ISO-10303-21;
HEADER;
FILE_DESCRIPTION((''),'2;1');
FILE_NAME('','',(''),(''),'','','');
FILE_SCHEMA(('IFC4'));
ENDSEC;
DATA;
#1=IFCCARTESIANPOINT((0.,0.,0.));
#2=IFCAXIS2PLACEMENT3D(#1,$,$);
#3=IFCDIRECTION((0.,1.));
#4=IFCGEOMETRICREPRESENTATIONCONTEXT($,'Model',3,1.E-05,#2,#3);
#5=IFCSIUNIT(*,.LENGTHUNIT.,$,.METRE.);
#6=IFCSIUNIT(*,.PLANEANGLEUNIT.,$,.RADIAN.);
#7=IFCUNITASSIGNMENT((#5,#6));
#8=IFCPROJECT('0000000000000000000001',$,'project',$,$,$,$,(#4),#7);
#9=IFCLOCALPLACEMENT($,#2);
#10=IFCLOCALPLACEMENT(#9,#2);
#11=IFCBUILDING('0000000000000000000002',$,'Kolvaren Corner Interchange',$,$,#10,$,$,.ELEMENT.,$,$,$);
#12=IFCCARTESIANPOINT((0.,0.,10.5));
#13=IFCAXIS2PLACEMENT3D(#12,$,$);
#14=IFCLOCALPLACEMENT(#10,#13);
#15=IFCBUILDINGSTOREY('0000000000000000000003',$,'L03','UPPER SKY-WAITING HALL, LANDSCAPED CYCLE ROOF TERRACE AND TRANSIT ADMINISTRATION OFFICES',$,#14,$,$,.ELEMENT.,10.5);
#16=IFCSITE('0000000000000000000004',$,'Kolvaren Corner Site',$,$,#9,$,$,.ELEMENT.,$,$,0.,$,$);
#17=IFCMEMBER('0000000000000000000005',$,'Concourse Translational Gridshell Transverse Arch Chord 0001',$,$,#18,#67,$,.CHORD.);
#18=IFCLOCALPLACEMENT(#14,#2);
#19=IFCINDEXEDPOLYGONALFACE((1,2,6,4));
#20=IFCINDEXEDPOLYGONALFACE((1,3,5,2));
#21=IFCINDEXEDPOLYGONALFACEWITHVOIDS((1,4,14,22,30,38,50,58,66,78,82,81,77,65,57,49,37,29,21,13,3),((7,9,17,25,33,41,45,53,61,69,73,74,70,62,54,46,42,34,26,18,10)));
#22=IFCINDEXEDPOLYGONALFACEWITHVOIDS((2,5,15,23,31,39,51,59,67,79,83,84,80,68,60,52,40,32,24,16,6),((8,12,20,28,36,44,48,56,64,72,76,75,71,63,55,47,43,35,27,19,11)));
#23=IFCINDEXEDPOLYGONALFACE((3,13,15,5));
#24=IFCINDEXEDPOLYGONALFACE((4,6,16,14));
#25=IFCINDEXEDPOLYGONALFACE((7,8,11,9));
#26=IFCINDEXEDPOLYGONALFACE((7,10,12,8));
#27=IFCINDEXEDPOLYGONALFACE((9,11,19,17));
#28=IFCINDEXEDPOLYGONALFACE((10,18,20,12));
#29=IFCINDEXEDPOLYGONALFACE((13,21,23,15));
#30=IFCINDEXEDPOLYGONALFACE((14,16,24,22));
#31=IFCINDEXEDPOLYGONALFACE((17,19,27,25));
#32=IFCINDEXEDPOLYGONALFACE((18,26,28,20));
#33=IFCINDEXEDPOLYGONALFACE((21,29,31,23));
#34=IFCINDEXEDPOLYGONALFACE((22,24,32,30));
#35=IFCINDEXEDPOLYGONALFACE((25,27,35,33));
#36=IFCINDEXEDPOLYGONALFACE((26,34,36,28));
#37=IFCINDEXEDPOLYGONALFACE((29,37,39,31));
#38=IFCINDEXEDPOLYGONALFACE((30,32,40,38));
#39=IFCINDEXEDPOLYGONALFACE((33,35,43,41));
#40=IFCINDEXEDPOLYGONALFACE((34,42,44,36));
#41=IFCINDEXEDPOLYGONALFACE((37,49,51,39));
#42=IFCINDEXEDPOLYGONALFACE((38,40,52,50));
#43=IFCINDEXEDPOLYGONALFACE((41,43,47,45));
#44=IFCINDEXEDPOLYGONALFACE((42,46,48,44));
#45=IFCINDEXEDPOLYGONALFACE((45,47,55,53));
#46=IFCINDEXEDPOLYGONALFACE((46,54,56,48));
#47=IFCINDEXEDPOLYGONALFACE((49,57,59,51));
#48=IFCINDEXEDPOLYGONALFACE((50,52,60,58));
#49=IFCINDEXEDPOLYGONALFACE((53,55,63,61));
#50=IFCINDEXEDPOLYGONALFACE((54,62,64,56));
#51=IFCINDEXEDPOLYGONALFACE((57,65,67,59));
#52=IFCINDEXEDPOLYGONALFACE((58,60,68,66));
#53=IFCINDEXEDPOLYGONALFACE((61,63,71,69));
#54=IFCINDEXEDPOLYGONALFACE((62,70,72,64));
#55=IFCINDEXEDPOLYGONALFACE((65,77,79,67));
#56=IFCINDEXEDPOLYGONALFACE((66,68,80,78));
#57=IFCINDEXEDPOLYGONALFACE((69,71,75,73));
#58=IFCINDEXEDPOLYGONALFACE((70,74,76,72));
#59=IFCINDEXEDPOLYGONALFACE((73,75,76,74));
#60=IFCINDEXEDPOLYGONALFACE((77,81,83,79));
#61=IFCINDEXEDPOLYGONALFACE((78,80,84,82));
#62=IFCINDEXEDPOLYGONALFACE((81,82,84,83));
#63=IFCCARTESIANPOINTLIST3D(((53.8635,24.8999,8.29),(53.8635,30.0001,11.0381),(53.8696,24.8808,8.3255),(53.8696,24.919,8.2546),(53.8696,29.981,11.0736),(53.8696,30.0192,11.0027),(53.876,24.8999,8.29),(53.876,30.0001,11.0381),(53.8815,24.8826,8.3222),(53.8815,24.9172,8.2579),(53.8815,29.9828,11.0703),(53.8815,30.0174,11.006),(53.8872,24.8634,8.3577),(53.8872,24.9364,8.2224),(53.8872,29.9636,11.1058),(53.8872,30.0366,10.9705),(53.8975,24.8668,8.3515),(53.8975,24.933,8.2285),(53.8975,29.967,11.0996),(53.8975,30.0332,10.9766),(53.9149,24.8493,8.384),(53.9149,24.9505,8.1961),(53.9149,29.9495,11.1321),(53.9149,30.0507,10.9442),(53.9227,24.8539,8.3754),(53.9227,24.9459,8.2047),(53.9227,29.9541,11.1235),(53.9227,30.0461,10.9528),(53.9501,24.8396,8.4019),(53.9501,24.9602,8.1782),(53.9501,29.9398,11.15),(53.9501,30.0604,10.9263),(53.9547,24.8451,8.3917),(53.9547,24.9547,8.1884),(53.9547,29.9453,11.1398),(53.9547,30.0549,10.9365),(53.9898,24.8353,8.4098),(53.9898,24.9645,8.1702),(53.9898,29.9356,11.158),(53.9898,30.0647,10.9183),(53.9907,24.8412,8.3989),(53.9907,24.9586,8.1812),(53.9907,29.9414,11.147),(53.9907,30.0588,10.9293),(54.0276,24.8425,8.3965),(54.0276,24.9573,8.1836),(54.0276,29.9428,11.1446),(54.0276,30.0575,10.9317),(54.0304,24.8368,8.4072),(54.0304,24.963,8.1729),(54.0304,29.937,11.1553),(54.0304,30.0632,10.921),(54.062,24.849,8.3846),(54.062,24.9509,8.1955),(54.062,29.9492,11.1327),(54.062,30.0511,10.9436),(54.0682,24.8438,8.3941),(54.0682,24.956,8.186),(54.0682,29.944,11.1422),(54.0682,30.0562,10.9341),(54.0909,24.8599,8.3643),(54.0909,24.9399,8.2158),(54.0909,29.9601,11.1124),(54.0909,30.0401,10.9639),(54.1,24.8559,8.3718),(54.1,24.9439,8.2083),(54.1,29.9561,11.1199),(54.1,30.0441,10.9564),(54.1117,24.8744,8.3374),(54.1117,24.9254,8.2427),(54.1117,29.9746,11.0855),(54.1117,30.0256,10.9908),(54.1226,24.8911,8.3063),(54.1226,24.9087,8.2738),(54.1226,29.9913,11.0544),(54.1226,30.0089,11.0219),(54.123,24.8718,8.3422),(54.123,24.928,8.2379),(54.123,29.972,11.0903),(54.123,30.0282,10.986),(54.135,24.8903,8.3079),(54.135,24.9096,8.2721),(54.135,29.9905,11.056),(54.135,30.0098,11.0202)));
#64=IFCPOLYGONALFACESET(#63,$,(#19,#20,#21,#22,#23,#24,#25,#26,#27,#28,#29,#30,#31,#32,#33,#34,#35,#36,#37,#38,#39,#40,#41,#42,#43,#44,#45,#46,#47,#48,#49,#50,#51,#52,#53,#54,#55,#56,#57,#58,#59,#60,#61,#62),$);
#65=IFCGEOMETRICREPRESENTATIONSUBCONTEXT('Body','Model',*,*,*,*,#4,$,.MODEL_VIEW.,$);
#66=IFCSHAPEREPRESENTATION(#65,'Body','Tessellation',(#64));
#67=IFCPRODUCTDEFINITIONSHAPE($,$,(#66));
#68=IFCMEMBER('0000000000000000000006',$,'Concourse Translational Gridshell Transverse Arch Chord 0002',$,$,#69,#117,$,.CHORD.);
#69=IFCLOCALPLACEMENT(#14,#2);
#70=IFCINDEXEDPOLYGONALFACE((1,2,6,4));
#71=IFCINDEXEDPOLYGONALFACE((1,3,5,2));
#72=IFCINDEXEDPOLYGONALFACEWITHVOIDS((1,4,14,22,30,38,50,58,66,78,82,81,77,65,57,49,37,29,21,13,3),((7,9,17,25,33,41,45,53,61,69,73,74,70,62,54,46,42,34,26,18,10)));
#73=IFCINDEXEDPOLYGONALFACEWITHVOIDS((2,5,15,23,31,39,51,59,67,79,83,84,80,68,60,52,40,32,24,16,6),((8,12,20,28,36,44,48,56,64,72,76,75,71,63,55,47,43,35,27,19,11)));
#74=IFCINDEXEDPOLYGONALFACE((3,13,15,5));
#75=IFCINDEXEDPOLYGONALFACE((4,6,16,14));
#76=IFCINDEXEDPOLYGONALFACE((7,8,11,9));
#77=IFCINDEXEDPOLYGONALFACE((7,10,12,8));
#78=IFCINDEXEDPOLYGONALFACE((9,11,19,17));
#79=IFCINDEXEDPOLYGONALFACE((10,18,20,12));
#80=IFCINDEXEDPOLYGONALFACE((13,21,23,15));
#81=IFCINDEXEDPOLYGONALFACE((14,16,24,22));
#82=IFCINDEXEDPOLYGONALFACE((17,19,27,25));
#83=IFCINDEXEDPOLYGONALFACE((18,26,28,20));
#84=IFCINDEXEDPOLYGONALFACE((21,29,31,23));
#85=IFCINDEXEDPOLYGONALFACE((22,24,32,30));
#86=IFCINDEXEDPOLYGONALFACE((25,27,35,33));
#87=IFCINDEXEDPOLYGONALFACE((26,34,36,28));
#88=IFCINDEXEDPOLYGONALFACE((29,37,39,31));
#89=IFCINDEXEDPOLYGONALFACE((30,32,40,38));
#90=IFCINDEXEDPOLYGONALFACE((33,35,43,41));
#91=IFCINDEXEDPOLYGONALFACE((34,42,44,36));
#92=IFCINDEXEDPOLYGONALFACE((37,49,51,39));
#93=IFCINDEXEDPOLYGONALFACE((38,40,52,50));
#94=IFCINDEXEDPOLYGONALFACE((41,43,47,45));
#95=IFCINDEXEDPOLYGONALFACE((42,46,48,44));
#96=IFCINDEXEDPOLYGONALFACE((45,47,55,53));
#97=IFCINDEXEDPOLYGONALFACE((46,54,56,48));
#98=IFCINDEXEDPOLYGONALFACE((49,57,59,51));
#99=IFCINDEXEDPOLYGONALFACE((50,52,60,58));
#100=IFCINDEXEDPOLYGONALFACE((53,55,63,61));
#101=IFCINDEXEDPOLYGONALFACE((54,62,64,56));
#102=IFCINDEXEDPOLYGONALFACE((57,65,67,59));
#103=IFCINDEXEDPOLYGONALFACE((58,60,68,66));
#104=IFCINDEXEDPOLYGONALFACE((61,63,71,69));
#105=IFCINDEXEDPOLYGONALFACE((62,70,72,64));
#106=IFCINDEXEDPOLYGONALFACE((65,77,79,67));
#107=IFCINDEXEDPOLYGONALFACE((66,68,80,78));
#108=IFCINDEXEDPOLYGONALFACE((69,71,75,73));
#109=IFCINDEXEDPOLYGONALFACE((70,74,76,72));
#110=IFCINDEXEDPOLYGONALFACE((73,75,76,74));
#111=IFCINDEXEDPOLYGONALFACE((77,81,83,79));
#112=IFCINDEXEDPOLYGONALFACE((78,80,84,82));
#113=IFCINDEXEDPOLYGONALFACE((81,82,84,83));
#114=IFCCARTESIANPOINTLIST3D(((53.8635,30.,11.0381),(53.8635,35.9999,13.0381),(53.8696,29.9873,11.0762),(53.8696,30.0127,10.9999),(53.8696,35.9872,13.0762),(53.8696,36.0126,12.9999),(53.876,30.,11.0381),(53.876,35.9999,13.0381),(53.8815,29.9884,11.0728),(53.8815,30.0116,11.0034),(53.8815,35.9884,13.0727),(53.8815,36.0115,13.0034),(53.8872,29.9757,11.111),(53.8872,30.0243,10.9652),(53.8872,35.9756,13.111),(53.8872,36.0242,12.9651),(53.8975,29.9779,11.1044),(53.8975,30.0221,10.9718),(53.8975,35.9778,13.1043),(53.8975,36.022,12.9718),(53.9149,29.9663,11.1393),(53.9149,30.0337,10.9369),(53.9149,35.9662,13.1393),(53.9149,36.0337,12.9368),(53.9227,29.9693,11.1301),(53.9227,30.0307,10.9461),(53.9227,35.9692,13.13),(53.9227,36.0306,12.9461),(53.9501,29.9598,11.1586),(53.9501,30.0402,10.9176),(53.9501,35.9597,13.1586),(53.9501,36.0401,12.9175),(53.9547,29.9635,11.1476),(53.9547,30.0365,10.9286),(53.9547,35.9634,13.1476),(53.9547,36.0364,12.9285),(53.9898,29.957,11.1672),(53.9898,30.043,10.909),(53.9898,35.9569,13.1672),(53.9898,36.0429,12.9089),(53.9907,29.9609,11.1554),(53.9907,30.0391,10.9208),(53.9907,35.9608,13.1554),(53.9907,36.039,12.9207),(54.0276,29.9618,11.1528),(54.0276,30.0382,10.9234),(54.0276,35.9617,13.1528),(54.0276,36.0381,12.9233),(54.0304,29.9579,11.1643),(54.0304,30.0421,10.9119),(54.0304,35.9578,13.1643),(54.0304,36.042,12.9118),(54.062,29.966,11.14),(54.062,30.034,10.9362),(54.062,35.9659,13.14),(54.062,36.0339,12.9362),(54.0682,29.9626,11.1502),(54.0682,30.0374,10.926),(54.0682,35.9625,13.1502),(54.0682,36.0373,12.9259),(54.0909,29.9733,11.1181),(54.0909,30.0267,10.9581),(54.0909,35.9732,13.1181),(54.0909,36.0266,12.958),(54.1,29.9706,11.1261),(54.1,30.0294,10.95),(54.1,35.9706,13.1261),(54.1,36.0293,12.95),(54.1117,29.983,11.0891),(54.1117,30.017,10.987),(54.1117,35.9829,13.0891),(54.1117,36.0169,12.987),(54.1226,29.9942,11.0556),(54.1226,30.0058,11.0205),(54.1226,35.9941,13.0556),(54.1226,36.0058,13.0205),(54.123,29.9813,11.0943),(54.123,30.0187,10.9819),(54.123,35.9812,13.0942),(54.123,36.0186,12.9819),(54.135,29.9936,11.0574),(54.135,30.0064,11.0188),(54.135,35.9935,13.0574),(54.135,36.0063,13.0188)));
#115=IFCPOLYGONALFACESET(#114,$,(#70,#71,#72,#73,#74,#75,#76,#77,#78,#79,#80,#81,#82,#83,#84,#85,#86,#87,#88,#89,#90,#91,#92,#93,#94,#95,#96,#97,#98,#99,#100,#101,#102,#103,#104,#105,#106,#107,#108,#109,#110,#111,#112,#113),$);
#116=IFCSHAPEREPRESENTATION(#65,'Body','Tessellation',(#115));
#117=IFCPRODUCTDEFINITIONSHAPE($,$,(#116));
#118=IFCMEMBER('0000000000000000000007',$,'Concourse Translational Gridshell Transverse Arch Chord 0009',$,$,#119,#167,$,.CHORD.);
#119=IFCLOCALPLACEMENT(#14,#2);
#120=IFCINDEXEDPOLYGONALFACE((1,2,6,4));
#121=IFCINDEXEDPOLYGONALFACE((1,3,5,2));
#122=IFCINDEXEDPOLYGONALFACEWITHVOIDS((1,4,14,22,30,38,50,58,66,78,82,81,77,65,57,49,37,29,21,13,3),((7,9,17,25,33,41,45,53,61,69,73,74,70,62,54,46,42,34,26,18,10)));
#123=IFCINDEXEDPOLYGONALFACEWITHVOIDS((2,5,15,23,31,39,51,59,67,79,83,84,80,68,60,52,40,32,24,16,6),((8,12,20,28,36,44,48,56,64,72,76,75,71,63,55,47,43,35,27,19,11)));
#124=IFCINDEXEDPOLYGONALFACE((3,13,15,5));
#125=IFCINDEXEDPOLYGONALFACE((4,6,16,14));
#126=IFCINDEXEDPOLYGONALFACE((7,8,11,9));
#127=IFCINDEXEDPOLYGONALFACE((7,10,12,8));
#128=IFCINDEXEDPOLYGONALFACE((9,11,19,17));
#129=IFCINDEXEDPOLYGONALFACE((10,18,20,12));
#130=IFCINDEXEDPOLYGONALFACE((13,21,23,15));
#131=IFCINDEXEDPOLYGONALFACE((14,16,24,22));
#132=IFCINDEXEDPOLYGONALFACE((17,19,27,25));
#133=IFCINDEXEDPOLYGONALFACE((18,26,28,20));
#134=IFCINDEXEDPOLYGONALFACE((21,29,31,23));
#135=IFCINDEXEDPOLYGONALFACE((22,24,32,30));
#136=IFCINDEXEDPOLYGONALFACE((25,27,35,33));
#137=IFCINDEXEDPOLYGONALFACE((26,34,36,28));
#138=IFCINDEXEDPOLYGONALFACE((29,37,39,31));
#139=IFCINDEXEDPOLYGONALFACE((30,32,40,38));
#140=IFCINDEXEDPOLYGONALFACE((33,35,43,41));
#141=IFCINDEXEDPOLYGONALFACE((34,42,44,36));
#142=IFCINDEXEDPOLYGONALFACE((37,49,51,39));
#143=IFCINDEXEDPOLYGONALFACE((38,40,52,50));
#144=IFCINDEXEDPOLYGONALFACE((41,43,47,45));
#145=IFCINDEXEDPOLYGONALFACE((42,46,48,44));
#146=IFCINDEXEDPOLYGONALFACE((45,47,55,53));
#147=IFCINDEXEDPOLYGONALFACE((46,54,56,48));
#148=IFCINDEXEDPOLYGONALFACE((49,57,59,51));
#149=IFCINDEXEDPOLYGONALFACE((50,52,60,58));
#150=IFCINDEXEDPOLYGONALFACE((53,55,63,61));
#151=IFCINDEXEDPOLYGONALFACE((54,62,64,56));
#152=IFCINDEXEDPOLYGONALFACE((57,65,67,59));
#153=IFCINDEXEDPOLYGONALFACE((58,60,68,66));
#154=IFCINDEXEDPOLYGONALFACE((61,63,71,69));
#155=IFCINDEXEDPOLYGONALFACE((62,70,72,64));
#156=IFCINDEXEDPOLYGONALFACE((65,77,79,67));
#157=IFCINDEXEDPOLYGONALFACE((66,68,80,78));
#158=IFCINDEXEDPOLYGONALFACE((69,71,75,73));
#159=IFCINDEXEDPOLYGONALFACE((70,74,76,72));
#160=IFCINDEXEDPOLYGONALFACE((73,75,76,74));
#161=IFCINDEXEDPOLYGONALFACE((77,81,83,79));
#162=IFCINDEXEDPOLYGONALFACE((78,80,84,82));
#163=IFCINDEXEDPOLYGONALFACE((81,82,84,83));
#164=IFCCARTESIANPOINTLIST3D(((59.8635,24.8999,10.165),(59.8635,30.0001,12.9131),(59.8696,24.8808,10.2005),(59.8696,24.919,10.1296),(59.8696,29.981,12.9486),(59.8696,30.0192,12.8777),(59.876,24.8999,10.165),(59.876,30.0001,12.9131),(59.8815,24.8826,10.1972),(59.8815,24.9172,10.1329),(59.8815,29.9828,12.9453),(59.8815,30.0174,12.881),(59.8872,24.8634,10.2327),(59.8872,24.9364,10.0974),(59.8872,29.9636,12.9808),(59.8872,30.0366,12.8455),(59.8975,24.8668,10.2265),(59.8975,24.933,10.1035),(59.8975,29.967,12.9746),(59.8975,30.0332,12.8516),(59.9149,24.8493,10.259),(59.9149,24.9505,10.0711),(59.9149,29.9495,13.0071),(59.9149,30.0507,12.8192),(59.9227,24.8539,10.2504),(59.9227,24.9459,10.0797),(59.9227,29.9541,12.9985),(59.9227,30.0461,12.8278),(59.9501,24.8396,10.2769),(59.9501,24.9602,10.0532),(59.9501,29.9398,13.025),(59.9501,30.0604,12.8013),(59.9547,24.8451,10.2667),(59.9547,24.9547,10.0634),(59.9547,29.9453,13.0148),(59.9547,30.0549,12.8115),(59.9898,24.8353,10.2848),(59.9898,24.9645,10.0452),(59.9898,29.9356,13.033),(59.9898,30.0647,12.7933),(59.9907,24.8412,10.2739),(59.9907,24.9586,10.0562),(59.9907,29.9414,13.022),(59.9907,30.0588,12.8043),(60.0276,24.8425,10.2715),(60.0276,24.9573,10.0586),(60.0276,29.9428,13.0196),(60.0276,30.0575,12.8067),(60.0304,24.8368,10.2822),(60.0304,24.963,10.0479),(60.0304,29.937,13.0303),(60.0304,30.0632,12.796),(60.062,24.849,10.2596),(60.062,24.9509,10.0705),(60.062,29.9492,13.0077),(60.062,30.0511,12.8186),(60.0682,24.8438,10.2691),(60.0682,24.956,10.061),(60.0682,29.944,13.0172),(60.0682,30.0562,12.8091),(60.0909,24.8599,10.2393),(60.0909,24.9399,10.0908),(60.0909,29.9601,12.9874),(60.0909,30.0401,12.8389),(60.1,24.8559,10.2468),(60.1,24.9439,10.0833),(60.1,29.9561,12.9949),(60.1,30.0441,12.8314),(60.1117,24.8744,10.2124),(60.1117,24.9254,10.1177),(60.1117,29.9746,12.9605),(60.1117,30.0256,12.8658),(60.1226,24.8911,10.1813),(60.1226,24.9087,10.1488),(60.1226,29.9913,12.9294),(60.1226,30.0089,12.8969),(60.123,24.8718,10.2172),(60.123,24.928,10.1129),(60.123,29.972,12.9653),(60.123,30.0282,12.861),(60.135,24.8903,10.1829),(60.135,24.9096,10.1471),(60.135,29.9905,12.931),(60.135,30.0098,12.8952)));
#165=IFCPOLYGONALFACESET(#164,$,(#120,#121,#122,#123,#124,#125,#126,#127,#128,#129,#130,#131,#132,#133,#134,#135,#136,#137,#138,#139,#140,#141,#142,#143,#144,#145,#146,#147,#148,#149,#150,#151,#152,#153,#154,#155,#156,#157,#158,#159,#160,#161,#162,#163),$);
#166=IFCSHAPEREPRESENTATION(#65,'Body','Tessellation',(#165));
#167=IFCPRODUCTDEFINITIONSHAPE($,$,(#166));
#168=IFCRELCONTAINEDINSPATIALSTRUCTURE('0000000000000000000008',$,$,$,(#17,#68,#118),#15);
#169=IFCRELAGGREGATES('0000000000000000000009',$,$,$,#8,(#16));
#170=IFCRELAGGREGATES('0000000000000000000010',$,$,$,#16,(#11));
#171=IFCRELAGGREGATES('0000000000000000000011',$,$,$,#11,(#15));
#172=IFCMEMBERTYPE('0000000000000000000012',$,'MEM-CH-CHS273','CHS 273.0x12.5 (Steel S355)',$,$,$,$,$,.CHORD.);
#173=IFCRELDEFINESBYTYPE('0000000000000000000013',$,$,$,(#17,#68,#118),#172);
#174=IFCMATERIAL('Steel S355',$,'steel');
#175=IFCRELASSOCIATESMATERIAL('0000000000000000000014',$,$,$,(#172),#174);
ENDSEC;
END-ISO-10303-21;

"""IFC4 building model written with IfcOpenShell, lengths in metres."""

from ifc_helpers import new_model, si_unit, direction, frame, origin, origin_2d, place, context, subcontext, project, spatial, hollow_circle, extrude, material, material_profile, profile_set, type_object, element, save


model = new_model("IFC4")

# Units and contexts
model_context = context("Model", 3, precision=1e-05, world=origin(), true_north=direction((0.0, 1.0)))
body_context = subcontext(model_context, "Body", "Model", "MODEL_VIEW")
ifc_project = project(units=[si_unit("LENGTHUNIT", "METRE"), si_unit("PLANEANGLEUNIT", "RADIAN")], contexts=[model_context])

# Site, building, storey
site_placement = place(None, origin())
site = spatial("IfcSite", under=ifc_project, at=site_placement, Name="Kolvaren Corner Site", CompositionType="ELEMENT", RefElevation=0.0)
building_placement = place(site_placement, origin())
building = spatial("IfcBuilding", under=site, at=building_placement, Name="Kolvaren Corner Interchange", CompositionType="ELEMENT")
storey_placement = place(building_placement, frame((0.0, 0.0, 10.5)))
storey = spatial("IfcBuildingStorey", under=building, at=storey_placement, Name="L03", Description="UPPER SKY-WAITING HALL, LANDSCAPED CYCLE ROOF TERRACE AND TRANSIT ADMINISTRATION OFFICES", CompositionType="ELEMENT", Elevation=10.5)

# Members
ifc_material_1 = material(Name="Steel S355", Category="steel")
ifc_material_profile_1 = material_profile(ifc_material_1, hollow_circle(Radius=0.1365, WallThickness=0.0125, at=origin_2d()), Name="CHS 273.0x12.5")
ifc_profile_set_1 = profile_set([ifc_material_profile_1], Name="Steel S355")
member_type_1 = type_object("IfcMemberType", Name="MEM-CH-CHS273", Description="CHS 273.0x12.5 (Steel S355)", PredefinedType="CHORD", material=ifc_profile_set_1)
member_1_placement = place(storey_placement, frame((54.0, 24.8999, 8.29), z_axis=(0.0, 0.880338, 0.474346), x_axis=(-1.0, 0.0, 0.0)))
element("IfcMember", 1, at=member_1_placement, inside=storey, type_object=member_type_1, Name="Concourse Translational Gridshell Transverse Arch Chord 0001", PredefinedType="CHORD", context=body_context, shape_type="SweptSolid", body=[
    extrude(hollow_circle(Radius=0.1365, WallThickness=0.0125, at=origin_2d()), origin(), (0.0, 0.0, 1.0), 5.7935),
])
member_2_placement = place(storey_placement, frame((54.0, 30.0, 11.0381), z_axis=(0.0, 0.948683, 0.316228), x_axis=(-1.0, 0.0, 0.0)))
element("IfcMember", 2, at=member_2_placement, inside=storey, type_object=member_type_1, Name="Concourse Translational Gridshell Transverse Arch Chord 0002", PredefinedType="CHORD", context=body_context, shape_type="SweptSolid", body=[
    extrude(hollow_circle(Radius=0.1365, WallThickness=0.0125, at=origin_2d()), origin(), (0.0, 0.0, 1.0), 6.3245),
])
member_3_placement = place(storey_placement, frame((60.0, 24.8999, 10.165), z_axis=(0.0, 0.880338, 0.474346), x_axis=(-1.0, 0.0, 0.0)))
element("IfcMember", 3, at=member_3_placement, inside=storey, type_object=member_type_1, Name="Concourse Translational Gridshell Transverse Arch Chord 0009", PredefinedType="CHORD", context=body_context, shape_type="SweptSolid", body=[
    extrude(hollow_circle(Radius=0.1365, WallThickness=0.0125, at=origin_2d()), origin(), (0.0, 0.0, 1.0), 5.7935),
])

save(model, "model.ifc")
